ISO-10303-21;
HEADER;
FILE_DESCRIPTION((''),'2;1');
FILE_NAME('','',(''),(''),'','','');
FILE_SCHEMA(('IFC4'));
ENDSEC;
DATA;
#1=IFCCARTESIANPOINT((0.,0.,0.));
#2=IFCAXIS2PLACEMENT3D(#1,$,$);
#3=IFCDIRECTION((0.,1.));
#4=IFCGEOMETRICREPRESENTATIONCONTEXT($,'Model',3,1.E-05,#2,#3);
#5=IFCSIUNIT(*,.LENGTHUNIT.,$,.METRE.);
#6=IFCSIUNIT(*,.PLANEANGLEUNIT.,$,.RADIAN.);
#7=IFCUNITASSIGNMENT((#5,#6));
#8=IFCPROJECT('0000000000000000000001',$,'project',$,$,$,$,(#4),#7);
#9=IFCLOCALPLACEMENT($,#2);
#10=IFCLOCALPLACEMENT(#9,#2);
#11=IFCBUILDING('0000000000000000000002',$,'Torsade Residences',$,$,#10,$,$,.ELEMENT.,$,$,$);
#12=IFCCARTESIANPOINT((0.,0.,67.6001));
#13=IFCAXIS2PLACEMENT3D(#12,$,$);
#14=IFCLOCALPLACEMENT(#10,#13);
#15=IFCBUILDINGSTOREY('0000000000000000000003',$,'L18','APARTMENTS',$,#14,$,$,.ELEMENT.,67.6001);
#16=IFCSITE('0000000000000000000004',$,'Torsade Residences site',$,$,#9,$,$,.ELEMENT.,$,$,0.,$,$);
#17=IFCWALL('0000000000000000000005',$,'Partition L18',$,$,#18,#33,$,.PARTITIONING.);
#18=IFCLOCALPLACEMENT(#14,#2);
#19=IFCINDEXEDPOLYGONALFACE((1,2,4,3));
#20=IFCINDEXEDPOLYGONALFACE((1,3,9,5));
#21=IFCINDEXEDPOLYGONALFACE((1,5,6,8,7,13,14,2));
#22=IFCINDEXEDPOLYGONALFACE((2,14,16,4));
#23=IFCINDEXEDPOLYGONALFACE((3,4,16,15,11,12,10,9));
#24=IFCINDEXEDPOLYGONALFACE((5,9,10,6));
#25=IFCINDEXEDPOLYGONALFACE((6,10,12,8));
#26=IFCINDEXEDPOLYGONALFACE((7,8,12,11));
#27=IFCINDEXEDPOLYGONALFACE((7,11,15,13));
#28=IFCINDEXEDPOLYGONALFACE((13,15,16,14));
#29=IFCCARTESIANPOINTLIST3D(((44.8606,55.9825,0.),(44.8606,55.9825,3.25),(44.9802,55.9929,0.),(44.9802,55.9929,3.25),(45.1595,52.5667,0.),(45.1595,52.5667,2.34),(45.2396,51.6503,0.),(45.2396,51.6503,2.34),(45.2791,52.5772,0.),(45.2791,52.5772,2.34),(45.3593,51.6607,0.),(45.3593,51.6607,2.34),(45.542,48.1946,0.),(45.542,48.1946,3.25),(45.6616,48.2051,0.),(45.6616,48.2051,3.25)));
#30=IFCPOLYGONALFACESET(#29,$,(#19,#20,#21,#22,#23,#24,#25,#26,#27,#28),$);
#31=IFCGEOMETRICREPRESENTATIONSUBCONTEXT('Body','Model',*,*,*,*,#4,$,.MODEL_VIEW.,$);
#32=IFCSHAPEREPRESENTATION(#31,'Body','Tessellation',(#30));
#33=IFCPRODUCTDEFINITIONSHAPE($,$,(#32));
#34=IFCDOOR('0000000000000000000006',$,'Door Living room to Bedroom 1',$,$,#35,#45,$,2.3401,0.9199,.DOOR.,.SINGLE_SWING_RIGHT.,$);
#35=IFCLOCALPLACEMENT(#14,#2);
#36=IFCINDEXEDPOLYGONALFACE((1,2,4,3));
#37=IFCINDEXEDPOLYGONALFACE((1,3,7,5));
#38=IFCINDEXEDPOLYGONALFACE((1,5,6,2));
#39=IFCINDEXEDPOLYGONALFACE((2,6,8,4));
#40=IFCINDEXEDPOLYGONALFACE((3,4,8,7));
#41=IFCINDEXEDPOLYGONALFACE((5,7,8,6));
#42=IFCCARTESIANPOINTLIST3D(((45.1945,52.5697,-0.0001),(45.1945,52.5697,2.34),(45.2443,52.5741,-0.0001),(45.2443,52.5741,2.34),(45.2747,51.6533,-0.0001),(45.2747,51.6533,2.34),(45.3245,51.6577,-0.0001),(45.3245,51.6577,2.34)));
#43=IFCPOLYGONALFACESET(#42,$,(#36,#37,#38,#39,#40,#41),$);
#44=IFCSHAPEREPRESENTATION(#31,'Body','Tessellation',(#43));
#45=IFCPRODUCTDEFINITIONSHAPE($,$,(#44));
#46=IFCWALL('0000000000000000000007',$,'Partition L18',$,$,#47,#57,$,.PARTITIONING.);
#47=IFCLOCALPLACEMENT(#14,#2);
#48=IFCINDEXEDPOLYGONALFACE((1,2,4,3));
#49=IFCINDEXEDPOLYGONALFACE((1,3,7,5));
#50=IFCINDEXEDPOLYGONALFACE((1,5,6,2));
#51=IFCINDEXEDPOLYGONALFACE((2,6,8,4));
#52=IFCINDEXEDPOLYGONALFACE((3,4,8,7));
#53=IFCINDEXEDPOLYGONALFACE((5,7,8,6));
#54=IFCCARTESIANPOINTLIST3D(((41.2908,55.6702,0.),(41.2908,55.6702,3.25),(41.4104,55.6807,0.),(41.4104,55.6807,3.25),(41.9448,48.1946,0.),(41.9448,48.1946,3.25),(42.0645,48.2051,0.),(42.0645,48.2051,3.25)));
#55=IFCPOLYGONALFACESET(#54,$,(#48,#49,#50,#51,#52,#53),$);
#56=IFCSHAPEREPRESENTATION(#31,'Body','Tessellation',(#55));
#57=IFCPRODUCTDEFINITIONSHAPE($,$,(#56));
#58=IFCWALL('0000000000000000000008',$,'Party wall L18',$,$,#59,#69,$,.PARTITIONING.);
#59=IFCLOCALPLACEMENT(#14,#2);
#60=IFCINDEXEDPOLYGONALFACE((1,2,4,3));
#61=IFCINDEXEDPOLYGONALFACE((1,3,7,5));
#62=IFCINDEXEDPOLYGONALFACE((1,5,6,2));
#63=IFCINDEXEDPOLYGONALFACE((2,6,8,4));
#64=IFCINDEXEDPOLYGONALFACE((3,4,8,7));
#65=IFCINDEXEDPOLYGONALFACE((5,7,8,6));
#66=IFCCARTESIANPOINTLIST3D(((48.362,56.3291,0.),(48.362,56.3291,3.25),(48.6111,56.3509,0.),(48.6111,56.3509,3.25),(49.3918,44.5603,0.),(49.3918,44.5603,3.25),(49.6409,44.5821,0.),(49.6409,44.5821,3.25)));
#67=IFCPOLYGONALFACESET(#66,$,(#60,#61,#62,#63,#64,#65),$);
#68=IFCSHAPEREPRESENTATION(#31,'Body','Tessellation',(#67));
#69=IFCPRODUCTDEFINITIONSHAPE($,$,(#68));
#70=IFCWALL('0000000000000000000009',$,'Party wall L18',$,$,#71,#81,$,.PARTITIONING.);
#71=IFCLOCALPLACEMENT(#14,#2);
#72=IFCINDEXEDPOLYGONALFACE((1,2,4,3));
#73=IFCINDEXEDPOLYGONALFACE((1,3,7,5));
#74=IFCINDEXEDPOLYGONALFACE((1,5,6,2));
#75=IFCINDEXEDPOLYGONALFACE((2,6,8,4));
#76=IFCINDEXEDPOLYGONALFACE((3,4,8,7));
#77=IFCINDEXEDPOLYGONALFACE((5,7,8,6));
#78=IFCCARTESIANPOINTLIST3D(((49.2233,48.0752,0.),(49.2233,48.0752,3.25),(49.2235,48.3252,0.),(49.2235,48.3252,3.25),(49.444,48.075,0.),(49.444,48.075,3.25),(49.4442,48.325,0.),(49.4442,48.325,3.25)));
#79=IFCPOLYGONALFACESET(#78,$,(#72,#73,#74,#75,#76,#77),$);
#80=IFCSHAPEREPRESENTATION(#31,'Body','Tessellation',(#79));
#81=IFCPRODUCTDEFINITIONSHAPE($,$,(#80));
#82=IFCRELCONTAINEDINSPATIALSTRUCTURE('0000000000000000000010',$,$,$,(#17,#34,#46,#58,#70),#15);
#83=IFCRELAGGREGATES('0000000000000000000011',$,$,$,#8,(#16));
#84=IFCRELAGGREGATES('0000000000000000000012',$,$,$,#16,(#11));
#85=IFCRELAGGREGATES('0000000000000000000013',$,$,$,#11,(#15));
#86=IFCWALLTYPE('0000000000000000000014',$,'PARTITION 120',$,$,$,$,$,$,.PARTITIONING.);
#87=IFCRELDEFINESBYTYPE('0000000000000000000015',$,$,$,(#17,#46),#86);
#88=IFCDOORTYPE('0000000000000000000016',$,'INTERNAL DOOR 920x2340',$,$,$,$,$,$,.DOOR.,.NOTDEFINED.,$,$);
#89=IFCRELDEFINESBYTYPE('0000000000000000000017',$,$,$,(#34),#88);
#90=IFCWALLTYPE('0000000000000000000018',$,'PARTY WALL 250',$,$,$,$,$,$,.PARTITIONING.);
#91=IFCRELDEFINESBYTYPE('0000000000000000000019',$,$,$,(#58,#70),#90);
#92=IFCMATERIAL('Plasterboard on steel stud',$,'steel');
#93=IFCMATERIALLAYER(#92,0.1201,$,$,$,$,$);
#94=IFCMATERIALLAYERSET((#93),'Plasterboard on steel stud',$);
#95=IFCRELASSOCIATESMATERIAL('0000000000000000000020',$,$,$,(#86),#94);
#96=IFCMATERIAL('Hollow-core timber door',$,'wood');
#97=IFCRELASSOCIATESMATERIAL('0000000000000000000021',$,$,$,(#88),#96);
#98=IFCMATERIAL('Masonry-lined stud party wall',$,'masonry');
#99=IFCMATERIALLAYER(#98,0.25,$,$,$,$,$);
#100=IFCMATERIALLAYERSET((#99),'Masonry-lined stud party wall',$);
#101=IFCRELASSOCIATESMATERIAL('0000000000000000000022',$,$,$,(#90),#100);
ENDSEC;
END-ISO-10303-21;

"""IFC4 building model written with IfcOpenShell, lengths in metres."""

from ifc_helpers import new_model, si_unit, direction, frame, frame_2d, origin, place, context, subcontext, project, spatial, rectangle, extrude, material, layer, layer_set, type_object, element, fill, save


model = new_model("IFC4")

# Units and contexts
model_context = context("Model", 3, precision=1e-05, world=origin(), true_north=direction((0.0, 1.0)))
body_context = subcontext(model_context, "Body", "Model", "MODEL_VIEW")
ifc_project = project(units=[si_unit("LENGTHUNIT", "METRE"), si_unit("PLANEANGLEUNIT", "RADIAN")], contexts=[model_context])

# Site, building, storey
site_placement = place(None, origin())
site = spatial("IfcSite", under=ifc_project, at=site_placement, Name="Torsade Residences site", CompositionType="ELEMENT", RefElevation=0.0)
building_placement = place(site_placement, origin())
building = spatial("IfcBuilding", under=site, at=building_placement, Name="Torsade Residences", CompositionType="ELEMENT")
storey_placement = place(building_placement, frame((0.0, 0.0, 67.6001)))
storey = spatial("IfcBuildingStorey", under=building, at=storey_placement, Name="L18", Description="APARTMENTS", CompositionType="ELEMENT", Elevation=67.6001)

# Wall, opening, door
ifc_material_1 = material(Name="Plasterboard on steel stud", Category="steel")
ifc_layer_1 = layer(ifc_material_1, 0.1201)
ifc_layer_set_1 = layer_set([ifc_layer_1], Name="Plasterboard on steel stud")
wall_type_1 = type_object("IfcWallType", Name="PARTITION 120", PredefinedType="PARTITIONING", material=ifc_layer_set_1)
ifc_material_2 = material(Name="Hollow-core timber door", Category="wood")
door_type = type_object("IfcDoorType", Name="INTERNAL DOOR 920x2340", OperationType="NOTDEFINED", PredefinedType="DOOR", material=ifc_material_2)
wall_1_placement = place(storey_placement, frame((45.6018, 48.2, 0.0), z_axis=(0.0, 0.0, 1.0), x_axis=(-0.087162, 0.996194, 0.0)))
wall_1 = element("IfcWall", 1, at=wall_1_placement, inside=storey, type_object=wall_type_1, Name="Partition L18", PredefinedType="PARTITIONING", context=body_context, shape_type="SweptSolid", body=[
    extrude(rectangle(XDim=7.8176, YDim=0.1201, at=frame_2d((3.9087, 0.0))), origin(), (0.0, 0.0, 1.0), 3.25),
])
opening_1_placement = place(wall_1_placement, frame((3.4688, 0.0, 0.0)))
opening_1 = element("IfcOpeningElement", 2, at=opening_1_placement, cuts=wall_1, PredefinedType="OPENING", context=body_context, shape_type="SweptSolid", body=[
    extrude(rectangle(XDim=0.9199, YDim=2.3401, at=frame_2d((0.46, 1.1699))), frame((0.0, 0.0701, 0.0), z_axis=(0.0, -1.0, 0.0), x_axis=(1.0, 0.0, 0.0)), (0.0, 0.0, 1.0), 0.1401),
])
door_1_placement = place(opening_1_placement, origin())
door_1 = element("IfcDoor", 3, at=door_1_placement, inside=storey, type_object=door_type, Name="Door Living room to Bedroom 1", OperationType="SINGLE_SWING_RIGHT", OverallHeight=2.3401, OverallWidth=0.9199, PredefinedType="DOOR", context=body_context, shape_type="SweptSolid", body=[
    extrude(rectangle(XDim=0.9199, YDim=2.3401, at=frame_2d((0.46, 1.1699))), frame((0.0, 0.0249, 0.0), z_axis=(0.0, -1.0, 0.0), x_axis=(1.0, 0.0, 0.0)), (0.0, 0.0, 1.0), 0.05),
])
fill(opening_1, door_1)

# Walls
wall_2_placement = place(storey_placement, frame((42.0046, 48.2, 0.0), z_axis=(0.0, 0.0, 1.0), x_axis=(-0.087159, 0.996194, 0.0)))
element("IfcWall", 4, at=wall_2_placement, inside=storey, type_object=wall_type_1, Name="Partition L18", PredefinedType="PARTITIONING", context=body_context, shape_type="SweptSolid", body=[
    extrude(rectangle(XDim=7.5042, YDim=0.1201, at=frame_2d((3.752, 0.0))), origin(), (0.0, 0.0, 1.0), 3.25),
])
ifc_material_3 = material(Name="Masonry-lined stud party wall", Category="masonry")
ifc_layer_2 = layer(ifc_material_3, 0.25)
ifc_layer_set_2 = layer_set([ifc_layer_2], Name="Masonry-lined stud party wall")
wall_type_2 = type_object("IfcWallType", Name="PARTY WALL 250", PredefinedType="PARTITIONING", material=ifc_layer_set_2)
wall_3_placement = place(storey_placement, frame((48.4866, 56.3398, 0.0), z_axis=(0.0, 0.0, 1.0), x_axis=(0.087168, -0.996194, 0.0)))
element("IfcWall", 5, at=wall_3_placement, inside=storey, type_object=wall_type_2, Name="Party wall L18", PredefinedType="PARTITIONING", context=body_context, shape_type="SweptSolid", body=[
    extrude(rectangle(XDim=11.8137, YDim=0.25, at=frame_2d((5.9067, 0.0))), origin(), (0.0, 0.0, 1.0), 3.25),
])
wall_4_placement = place(storey_placement, frame((49.2234, 48.2002, 0.0), z_axis=(0.0, 0.0, 1.0), x_axis=(0.999999, -0.001106, 0.0)))
element("IfcWall", 6, at=wall_4_placement, inside=storey, type_object=wall_type_2, Name="Party wall L18", PredefinedType="PARTITIONING", context=body_context, shape_type="SweptSolid", body=[
    extrude(rectangle(XDim=0.2207, YDim=0.25, at=frame_2d((0.1104, 0.0))), origin(), (0.0, 0.0, 1.0), 3.25),
])

save(model, "model.ifc")
